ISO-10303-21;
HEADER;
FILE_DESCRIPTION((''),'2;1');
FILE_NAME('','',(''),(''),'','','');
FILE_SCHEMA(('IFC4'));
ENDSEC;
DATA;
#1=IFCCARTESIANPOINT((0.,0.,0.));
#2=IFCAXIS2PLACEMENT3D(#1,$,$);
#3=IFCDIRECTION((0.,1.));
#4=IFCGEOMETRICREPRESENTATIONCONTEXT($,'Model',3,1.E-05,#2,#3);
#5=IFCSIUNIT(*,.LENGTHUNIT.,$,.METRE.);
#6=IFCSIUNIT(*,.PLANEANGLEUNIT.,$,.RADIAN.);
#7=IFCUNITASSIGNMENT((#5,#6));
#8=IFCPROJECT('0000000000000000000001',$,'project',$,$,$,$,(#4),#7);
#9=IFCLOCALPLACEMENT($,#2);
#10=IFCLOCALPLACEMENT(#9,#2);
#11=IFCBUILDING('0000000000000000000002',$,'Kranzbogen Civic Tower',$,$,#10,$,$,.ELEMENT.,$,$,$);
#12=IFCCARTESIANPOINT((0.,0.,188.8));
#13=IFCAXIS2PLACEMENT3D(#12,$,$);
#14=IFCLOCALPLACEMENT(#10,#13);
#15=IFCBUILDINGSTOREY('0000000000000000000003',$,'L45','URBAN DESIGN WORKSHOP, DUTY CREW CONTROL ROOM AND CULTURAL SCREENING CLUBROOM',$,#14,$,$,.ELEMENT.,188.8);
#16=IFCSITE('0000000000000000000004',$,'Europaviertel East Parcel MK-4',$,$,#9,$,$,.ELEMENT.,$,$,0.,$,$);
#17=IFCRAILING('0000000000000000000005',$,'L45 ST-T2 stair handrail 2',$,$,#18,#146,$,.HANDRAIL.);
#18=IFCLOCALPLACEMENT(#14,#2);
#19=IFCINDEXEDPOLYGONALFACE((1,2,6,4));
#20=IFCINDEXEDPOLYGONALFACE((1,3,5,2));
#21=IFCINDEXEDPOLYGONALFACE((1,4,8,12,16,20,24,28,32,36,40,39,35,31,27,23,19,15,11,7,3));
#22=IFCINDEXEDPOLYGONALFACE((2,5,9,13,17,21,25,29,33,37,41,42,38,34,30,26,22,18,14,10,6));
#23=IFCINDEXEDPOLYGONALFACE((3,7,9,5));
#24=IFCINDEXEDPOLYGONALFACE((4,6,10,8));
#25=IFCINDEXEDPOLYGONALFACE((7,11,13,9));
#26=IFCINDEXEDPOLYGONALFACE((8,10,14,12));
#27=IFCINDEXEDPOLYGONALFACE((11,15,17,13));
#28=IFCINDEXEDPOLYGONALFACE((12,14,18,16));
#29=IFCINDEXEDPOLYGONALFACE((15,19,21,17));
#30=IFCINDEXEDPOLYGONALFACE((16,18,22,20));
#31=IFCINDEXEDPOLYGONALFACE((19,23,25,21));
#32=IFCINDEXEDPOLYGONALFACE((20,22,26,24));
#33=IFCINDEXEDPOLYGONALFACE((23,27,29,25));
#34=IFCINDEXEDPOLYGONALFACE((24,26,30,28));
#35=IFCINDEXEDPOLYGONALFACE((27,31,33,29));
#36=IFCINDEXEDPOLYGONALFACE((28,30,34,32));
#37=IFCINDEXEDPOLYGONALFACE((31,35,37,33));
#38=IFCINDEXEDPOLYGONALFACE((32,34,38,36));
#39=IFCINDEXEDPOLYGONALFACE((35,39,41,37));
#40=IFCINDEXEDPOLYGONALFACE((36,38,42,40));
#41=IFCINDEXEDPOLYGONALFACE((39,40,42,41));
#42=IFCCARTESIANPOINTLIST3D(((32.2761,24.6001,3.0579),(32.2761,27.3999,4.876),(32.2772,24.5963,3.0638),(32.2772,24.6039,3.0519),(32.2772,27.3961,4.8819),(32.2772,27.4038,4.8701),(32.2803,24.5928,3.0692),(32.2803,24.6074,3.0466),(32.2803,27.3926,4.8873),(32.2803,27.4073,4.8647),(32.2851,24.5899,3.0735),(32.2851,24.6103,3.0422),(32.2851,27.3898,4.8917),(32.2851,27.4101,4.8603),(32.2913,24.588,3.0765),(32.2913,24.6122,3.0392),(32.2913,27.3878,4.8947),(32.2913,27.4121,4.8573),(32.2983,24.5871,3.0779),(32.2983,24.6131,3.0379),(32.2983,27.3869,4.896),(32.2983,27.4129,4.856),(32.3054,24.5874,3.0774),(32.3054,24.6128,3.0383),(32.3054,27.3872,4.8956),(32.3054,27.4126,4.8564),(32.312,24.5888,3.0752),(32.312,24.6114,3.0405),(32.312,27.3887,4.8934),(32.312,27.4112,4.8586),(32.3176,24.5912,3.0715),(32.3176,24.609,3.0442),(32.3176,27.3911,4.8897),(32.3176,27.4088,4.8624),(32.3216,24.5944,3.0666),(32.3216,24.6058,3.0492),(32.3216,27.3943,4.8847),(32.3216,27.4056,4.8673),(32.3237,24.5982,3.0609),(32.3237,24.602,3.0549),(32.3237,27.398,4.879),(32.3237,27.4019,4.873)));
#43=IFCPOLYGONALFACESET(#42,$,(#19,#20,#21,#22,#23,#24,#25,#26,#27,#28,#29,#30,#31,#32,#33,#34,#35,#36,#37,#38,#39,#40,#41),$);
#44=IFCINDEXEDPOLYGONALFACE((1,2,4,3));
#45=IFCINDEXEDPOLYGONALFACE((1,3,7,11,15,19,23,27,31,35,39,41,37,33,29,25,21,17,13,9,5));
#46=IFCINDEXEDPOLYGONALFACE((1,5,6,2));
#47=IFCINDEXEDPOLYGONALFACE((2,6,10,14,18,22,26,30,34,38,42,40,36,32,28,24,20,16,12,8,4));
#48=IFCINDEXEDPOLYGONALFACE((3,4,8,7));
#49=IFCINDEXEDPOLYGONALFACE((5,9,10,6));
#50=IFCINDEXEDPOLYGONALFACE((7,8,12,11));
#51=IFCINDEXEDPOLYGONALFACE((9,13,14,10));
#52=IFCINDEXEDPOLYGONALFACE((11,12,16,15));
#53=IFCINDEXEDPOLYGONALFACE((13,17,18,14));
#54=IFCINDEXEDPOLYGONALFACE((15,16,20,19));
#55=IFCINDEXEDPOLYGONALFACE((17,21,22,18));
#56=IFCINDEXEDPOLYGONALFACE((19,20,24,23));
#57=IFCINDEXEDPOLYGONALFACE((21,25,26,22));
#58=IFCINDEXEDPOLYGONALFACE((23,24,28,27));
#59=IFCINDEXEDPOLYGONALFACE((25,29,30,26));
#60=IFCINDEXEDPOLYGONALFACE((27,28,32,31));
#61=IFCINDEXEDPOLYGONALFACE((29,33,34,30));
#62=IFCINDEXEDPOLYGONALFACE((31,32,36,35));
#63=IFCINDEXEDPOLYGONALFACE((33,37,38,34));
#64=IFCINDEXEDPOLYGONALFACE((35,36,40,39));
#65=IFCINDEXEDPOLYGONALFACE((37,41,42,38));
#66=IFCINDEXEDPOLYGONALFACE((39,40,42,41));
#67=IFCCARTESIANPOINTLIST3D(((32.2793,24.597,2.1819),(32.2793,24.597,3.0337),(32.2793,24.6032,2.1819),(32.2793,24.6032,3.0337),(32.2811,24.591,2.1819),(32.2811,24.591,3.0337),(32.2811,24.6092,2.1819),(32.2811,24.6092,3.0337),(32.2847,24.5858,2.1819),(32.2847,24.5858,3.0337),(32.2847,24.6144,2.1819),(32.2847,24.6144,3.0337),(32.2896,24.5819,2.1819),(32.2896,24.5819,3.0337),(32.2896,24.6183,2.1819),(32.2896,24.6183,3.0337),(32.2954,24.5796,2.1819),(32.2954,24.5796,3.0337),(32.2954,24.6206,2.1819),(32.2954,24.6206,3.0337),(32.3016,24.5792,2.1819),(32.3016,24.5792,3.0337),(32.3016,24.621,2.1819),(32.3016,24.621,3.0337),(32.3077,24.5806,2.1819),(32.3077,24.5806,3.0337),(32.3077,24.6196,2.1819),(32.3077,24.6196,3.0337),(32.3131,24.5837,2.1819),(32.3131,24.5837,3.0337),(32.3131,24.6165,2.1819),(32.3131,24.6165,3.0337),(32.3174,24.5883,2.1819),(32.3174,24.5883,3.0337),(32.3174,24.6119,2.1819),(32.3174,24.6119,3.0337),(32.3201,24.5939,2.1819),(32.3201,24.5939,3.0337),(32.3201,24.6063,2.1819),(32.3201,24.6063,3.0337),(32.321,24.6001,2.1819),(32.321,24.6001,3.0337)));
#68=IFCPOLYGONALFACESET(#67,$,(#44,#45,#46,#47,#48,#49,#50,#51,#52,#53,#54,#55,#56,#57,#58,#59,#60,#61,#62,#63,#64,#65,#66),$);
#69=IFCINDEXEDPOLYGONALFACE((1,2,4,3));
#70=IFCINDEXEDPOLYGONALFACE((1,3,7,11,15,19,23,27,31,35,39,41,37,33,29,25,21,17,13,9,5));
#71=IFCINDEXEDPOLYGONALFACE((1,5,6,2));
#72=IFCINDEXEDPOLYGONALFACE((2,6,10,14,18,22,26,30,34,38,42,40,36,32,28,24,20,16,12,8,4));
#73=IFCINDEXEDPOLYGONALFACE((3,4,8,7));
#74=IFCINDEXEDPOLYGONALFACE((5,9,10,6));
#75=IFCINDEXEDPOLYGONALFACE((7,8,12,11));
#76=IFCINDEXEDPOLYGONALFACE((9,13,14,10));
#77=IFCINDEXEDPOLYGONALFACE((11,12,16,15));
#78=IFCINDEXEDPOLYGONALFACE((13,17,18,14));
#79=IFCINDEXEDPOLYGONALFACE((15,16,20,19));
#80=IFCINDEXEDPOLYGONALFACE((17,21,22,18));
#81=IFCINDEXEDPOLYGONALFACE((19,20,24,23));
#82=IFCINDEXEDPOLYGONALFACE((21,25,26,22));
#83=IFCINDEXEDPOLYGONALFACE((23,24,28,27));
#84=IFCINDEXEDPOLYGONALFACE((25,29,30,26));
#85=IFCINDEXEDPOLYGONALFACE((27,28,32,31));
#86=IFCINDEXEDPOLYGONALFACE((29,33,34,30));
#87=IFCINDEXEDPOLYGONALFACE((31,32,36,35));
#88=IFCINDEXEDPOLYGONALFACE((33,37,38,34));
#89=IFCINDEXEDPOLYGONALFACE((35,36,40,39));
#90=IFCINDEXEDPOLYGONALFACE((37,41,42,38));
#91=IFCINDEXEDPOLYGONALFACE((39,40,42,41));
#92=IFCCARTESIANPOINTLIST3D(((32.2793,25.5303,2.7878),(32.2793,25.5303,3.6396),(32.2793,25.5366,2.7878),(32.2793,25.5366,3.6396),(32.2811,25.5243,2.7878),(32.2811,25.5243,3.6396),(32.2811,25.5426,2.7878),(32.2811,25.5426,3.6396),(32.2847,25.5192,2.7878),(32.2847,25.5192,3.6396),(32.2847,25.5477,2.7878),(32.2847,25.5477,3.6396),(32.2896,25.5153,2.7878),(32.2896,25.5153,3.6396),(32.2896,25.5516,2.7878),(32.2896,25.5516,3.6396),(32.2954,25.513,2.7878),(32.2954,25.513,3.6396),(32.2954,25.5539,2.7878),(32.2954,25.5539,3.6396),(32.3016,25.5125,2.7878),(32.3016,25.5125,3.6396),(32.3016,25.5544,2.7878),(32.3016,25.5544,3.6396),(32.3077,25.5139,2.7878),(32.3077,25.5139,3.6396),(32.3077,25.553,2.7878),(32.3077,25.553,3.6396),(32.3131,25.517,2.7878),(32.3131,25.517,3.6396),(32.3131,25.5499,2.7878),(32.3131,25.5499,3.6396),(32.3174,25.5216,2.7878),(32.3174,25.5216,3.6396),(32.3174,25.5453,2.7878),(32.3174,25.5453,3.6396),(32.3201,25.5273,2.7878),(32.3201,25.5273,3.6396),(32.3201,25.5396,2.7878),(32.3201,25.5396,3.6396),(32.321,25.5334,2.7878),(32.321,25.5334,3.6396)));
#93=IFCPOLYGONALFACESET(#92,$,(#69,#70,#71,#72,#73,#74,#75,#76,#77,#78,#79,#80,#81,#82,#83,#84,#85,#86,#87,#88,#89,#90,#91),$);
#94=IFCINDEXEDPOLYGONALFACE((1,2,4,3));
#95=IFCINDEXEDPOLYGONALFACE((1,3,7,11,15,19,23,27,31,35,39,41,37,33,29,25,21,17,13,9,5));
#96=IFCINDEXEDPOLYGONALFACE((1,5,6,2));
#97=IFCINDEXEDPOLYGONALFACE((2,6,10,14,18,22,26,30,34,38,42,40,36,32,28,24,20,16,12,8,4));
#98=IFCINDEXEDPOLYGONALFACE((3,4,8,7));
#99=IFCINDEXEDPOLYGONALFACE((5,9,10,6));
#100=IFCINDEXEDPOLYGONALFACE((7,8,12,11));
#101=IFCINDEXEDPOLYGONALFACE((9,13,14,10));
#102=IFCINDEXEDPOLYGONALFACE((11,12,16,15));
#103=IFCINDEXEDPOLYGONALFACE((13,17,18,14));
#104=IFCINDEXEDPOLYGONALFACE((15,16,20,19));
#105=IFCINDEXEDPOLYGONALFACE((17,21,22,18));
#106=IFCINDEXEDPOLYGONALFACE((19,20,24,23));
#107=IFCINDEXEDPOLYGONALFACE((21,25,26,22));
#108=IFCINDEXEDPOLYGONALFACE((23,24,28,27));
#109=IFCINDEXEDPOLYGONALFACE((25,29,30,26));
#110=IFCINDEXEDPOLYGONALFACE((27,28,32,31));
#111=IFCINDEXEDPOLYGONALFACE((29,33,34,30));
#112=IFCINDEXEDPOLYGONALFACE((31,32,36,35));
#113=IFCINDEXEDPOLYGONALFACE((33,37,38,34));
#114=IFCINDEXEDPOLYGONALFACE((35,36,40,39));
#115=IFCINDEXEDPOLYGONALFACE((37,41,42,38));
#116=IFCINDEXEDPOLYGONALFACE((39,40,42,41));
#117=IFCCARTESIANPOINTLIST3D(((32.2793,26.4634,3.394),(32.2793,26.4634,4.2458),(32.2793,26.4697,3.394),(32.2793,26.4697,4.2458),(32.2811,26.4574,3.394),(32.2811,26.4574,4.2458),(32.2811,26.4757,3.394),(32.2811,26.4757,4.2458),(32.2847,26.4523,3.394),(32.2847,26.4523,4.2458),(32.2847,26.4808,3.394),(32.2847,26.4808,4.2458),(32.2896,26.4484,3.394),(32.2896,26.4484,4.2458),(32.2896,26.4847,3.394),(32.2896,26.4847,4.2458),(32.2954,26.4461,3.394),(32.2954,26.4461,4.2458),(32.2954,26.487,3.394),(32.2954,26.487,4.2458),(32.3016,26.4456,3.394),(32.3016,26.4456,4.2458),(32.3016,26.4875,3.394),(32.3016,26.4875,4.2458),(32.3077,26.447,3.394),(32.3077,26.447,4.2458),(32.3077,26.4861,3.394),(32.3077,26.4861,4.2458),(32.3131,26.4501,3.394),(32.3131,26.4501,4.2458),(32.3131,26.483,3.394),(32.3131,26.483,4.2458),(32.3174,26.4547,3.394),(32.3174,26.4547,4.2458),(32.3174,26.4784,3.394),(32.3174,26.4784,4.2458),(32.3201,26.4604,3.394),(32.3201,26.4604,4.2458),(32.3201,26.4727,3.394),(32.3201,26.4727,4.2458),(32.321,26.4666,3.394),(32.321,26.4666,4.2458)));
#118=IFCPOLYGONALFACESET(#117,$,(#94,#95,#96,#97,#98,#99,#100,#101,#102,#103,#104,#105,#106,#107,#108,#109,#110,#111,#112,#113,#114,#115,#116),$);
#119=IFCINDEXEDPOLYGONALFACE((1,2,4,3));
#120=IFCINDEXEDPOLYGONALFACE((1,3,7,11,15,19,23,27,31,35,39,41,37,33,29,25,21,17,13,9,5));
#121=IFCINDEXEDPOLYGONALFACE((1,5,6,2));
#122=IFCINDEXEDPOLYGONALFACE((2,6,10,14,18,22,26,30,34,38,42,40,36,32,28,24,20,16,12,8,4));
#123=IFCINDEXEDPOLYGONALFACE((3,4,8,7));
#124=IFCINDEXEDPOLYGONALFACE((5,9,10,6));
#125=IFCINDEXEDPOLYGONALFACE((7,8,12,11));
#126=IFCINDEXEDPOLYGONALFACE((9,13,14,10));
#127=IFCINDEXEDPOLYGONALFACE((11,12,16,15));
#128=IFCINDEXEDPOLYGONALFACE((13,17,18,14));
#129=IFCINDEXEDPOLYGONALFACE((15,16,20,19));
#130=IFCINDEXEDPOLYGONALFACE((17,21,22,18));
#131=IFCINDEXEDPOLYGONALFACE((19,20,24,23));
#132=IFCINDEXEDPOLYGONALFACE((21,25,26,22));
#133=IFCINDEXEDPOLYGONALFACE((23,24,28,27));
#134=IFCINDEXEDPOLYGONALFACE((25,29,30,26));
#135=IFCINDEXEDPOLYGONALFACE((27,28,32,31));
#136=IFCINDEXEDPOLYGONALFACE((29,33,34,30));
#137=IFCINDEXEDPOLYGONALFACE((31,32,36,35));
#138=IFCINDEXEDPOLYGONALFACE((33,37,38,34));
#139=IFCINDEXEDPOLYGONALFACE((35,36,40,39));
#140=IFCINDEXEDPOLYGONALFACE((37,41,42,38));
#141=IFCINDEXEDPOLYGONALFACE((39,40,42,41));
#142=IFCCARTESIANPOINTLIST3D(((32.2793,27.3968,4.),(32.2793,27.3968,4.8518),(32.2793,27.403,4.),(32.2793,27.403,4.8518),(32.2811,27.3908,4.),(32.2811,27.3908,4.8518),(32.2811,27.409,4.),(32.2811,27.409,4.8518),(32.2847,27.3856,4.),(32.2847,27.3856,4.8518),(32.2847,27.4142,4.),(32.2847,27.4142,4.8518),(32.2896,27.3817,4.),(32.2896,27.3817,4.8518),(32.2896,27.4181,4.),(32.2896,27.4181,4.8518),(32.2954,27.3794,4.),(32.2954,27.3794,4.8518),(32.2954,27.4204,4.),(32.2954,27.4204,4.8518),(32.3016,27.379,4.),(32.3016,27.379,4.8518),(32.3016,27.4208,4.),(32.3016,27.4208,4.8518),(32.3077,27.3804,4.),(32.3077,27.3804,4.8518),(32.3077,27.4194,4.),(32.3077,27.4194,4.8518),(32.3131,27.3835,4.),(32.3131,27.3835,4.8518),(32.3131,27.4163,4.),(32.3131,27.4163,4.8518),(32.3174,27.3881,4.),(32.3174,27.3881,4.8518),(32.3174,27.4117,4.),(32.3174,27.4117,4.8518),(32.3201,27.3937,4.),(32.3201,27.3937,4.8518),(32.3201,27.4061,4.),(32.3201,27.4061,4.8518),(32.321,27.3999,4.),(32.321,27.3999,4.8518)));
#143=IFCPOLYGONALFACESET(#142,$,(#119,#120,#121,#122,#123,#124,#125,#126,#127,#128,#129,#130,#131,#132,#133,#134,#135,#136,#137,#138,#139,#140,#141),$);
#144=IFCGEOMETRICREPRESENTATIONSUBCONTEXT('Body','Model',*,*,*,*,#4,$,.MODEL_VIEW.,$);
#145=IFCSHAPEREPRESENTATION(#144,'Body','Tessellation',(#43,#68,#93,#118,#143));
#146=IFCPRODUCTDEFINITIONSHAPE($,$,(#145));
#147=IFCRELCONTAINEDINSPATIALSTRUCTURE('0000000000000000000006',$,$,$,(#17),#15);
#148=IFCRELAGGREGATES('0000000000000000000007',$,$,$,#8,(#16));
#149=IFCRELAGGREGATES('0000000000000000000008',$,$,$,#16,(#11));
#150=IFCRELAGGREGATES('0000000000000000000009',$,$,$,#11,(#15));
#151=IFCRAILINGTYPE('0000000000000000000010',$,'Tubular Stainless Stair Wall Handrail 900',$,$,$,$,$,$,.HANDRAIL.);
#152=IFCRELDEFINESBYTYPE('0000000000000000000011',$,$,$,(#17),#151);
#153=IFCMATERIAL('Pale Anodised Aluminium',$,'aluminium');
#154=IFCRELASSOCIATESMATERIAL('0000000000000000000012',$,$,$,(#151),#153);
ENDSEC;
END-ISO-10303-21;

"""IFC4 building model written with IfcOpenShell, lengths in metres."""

from ifc_helpers import new_model, si_unit, direction, frame, origin, origin_2d, place, context, subcontext, project, spatial, circle, extrude, material, type_object, element, save


model = new_model("IFC4")

# Units and contexts
model_context = context("Model", 3, precision=1e-05, world=origin(), true_north=direction((0.0, 1.0)))
body_context = subcontext(model_context, "Body", "Model", "MODEL_VIEW")
ifc_project = project(units=[si_unit("LENGTHUNIT", "METRE"), si_unit("PLANEANGLEUNIT", "RADIAN")], contexts=[model_context])

# Site, building, storey
site_placement = place(None, origin())
site = spatial("IfcSite", under=ifc_project, at=site_placement, Name="Europaviertel East Parcel MK-4", CompositionType="ELEMENT", RefElevation=0.0)
building_placement = place(site_placement, origin())
building = spatial("IfcBuilding", under=site, at=building_placement, Name="Kranzbogen Civic Tower", CompositionType="ELEMENT")
storey_placement = place(building_placement, frame((0.0, 0.0, 188.8)))
storey = spatial("IfcBuildingStorey", under=building, at=storey_placement, Name="L45", Description="URBAN DESIGN WORKSHOP, DUTY CREW CONTROL ROOM AND CULTURAL SCREENING CLUBROOM", CompositionType="ELEMENT", Elevation=188.8)

# Shared definitions
ifc_material_1 = material(Name="Pale Anodised Aluminium", Category="aluminium")

# Railing
railing_type = type_object("IfcRailingType", Name="Tubular Stainless Stair Wall Handrail 900", PredefinedType="HANDRAIL", material=ifc_material_1)
railing_placement = place(storey_placement, frame((32.3, 24.6001, 2.1819)))
element("IfcRailing", 1, at=railing_placement, inside=storey, type_object=railing_type, Name="L45 ST-T2 stair handrail 2", PredefinedType="HANDRAIL", context=body_context, shape_type="SweptSolid", body=[
    extrude(circle(Radius=0.0239, at=origin_2d()), frame((0.0, 0.0, 0.876), z_axis=(0.0, 0.838684, 0.544618), x_axis=(-1.0, 0.0, 0.0)), (0.0, 0.0, 1.0), 3.3384),
    extrude(circle(Radius=0.021, at=origin_2d()), origin(), (0.0, 0.0, 1.0), 0.8518),
    extrude(circle(Radius=0.021, at=origin_2d()), frame((0.0, 0.9333, 0.606)), (0.0, 0.0, 1.0), 0.8518),
    extrude(circle(Radius=0.021, at=origin_2d()), frame((0.0, 1.8665, 1.2122)), (0.0, 0.0, 1.0), 0.8518),
    extrude(circle(Radius=0.021, at=origin_2d()), frame((0.0, 2.7998, 1.8181)), (0.0, 0.0, 1.0), 0.8518),
])

save(model, "model.ifc")
